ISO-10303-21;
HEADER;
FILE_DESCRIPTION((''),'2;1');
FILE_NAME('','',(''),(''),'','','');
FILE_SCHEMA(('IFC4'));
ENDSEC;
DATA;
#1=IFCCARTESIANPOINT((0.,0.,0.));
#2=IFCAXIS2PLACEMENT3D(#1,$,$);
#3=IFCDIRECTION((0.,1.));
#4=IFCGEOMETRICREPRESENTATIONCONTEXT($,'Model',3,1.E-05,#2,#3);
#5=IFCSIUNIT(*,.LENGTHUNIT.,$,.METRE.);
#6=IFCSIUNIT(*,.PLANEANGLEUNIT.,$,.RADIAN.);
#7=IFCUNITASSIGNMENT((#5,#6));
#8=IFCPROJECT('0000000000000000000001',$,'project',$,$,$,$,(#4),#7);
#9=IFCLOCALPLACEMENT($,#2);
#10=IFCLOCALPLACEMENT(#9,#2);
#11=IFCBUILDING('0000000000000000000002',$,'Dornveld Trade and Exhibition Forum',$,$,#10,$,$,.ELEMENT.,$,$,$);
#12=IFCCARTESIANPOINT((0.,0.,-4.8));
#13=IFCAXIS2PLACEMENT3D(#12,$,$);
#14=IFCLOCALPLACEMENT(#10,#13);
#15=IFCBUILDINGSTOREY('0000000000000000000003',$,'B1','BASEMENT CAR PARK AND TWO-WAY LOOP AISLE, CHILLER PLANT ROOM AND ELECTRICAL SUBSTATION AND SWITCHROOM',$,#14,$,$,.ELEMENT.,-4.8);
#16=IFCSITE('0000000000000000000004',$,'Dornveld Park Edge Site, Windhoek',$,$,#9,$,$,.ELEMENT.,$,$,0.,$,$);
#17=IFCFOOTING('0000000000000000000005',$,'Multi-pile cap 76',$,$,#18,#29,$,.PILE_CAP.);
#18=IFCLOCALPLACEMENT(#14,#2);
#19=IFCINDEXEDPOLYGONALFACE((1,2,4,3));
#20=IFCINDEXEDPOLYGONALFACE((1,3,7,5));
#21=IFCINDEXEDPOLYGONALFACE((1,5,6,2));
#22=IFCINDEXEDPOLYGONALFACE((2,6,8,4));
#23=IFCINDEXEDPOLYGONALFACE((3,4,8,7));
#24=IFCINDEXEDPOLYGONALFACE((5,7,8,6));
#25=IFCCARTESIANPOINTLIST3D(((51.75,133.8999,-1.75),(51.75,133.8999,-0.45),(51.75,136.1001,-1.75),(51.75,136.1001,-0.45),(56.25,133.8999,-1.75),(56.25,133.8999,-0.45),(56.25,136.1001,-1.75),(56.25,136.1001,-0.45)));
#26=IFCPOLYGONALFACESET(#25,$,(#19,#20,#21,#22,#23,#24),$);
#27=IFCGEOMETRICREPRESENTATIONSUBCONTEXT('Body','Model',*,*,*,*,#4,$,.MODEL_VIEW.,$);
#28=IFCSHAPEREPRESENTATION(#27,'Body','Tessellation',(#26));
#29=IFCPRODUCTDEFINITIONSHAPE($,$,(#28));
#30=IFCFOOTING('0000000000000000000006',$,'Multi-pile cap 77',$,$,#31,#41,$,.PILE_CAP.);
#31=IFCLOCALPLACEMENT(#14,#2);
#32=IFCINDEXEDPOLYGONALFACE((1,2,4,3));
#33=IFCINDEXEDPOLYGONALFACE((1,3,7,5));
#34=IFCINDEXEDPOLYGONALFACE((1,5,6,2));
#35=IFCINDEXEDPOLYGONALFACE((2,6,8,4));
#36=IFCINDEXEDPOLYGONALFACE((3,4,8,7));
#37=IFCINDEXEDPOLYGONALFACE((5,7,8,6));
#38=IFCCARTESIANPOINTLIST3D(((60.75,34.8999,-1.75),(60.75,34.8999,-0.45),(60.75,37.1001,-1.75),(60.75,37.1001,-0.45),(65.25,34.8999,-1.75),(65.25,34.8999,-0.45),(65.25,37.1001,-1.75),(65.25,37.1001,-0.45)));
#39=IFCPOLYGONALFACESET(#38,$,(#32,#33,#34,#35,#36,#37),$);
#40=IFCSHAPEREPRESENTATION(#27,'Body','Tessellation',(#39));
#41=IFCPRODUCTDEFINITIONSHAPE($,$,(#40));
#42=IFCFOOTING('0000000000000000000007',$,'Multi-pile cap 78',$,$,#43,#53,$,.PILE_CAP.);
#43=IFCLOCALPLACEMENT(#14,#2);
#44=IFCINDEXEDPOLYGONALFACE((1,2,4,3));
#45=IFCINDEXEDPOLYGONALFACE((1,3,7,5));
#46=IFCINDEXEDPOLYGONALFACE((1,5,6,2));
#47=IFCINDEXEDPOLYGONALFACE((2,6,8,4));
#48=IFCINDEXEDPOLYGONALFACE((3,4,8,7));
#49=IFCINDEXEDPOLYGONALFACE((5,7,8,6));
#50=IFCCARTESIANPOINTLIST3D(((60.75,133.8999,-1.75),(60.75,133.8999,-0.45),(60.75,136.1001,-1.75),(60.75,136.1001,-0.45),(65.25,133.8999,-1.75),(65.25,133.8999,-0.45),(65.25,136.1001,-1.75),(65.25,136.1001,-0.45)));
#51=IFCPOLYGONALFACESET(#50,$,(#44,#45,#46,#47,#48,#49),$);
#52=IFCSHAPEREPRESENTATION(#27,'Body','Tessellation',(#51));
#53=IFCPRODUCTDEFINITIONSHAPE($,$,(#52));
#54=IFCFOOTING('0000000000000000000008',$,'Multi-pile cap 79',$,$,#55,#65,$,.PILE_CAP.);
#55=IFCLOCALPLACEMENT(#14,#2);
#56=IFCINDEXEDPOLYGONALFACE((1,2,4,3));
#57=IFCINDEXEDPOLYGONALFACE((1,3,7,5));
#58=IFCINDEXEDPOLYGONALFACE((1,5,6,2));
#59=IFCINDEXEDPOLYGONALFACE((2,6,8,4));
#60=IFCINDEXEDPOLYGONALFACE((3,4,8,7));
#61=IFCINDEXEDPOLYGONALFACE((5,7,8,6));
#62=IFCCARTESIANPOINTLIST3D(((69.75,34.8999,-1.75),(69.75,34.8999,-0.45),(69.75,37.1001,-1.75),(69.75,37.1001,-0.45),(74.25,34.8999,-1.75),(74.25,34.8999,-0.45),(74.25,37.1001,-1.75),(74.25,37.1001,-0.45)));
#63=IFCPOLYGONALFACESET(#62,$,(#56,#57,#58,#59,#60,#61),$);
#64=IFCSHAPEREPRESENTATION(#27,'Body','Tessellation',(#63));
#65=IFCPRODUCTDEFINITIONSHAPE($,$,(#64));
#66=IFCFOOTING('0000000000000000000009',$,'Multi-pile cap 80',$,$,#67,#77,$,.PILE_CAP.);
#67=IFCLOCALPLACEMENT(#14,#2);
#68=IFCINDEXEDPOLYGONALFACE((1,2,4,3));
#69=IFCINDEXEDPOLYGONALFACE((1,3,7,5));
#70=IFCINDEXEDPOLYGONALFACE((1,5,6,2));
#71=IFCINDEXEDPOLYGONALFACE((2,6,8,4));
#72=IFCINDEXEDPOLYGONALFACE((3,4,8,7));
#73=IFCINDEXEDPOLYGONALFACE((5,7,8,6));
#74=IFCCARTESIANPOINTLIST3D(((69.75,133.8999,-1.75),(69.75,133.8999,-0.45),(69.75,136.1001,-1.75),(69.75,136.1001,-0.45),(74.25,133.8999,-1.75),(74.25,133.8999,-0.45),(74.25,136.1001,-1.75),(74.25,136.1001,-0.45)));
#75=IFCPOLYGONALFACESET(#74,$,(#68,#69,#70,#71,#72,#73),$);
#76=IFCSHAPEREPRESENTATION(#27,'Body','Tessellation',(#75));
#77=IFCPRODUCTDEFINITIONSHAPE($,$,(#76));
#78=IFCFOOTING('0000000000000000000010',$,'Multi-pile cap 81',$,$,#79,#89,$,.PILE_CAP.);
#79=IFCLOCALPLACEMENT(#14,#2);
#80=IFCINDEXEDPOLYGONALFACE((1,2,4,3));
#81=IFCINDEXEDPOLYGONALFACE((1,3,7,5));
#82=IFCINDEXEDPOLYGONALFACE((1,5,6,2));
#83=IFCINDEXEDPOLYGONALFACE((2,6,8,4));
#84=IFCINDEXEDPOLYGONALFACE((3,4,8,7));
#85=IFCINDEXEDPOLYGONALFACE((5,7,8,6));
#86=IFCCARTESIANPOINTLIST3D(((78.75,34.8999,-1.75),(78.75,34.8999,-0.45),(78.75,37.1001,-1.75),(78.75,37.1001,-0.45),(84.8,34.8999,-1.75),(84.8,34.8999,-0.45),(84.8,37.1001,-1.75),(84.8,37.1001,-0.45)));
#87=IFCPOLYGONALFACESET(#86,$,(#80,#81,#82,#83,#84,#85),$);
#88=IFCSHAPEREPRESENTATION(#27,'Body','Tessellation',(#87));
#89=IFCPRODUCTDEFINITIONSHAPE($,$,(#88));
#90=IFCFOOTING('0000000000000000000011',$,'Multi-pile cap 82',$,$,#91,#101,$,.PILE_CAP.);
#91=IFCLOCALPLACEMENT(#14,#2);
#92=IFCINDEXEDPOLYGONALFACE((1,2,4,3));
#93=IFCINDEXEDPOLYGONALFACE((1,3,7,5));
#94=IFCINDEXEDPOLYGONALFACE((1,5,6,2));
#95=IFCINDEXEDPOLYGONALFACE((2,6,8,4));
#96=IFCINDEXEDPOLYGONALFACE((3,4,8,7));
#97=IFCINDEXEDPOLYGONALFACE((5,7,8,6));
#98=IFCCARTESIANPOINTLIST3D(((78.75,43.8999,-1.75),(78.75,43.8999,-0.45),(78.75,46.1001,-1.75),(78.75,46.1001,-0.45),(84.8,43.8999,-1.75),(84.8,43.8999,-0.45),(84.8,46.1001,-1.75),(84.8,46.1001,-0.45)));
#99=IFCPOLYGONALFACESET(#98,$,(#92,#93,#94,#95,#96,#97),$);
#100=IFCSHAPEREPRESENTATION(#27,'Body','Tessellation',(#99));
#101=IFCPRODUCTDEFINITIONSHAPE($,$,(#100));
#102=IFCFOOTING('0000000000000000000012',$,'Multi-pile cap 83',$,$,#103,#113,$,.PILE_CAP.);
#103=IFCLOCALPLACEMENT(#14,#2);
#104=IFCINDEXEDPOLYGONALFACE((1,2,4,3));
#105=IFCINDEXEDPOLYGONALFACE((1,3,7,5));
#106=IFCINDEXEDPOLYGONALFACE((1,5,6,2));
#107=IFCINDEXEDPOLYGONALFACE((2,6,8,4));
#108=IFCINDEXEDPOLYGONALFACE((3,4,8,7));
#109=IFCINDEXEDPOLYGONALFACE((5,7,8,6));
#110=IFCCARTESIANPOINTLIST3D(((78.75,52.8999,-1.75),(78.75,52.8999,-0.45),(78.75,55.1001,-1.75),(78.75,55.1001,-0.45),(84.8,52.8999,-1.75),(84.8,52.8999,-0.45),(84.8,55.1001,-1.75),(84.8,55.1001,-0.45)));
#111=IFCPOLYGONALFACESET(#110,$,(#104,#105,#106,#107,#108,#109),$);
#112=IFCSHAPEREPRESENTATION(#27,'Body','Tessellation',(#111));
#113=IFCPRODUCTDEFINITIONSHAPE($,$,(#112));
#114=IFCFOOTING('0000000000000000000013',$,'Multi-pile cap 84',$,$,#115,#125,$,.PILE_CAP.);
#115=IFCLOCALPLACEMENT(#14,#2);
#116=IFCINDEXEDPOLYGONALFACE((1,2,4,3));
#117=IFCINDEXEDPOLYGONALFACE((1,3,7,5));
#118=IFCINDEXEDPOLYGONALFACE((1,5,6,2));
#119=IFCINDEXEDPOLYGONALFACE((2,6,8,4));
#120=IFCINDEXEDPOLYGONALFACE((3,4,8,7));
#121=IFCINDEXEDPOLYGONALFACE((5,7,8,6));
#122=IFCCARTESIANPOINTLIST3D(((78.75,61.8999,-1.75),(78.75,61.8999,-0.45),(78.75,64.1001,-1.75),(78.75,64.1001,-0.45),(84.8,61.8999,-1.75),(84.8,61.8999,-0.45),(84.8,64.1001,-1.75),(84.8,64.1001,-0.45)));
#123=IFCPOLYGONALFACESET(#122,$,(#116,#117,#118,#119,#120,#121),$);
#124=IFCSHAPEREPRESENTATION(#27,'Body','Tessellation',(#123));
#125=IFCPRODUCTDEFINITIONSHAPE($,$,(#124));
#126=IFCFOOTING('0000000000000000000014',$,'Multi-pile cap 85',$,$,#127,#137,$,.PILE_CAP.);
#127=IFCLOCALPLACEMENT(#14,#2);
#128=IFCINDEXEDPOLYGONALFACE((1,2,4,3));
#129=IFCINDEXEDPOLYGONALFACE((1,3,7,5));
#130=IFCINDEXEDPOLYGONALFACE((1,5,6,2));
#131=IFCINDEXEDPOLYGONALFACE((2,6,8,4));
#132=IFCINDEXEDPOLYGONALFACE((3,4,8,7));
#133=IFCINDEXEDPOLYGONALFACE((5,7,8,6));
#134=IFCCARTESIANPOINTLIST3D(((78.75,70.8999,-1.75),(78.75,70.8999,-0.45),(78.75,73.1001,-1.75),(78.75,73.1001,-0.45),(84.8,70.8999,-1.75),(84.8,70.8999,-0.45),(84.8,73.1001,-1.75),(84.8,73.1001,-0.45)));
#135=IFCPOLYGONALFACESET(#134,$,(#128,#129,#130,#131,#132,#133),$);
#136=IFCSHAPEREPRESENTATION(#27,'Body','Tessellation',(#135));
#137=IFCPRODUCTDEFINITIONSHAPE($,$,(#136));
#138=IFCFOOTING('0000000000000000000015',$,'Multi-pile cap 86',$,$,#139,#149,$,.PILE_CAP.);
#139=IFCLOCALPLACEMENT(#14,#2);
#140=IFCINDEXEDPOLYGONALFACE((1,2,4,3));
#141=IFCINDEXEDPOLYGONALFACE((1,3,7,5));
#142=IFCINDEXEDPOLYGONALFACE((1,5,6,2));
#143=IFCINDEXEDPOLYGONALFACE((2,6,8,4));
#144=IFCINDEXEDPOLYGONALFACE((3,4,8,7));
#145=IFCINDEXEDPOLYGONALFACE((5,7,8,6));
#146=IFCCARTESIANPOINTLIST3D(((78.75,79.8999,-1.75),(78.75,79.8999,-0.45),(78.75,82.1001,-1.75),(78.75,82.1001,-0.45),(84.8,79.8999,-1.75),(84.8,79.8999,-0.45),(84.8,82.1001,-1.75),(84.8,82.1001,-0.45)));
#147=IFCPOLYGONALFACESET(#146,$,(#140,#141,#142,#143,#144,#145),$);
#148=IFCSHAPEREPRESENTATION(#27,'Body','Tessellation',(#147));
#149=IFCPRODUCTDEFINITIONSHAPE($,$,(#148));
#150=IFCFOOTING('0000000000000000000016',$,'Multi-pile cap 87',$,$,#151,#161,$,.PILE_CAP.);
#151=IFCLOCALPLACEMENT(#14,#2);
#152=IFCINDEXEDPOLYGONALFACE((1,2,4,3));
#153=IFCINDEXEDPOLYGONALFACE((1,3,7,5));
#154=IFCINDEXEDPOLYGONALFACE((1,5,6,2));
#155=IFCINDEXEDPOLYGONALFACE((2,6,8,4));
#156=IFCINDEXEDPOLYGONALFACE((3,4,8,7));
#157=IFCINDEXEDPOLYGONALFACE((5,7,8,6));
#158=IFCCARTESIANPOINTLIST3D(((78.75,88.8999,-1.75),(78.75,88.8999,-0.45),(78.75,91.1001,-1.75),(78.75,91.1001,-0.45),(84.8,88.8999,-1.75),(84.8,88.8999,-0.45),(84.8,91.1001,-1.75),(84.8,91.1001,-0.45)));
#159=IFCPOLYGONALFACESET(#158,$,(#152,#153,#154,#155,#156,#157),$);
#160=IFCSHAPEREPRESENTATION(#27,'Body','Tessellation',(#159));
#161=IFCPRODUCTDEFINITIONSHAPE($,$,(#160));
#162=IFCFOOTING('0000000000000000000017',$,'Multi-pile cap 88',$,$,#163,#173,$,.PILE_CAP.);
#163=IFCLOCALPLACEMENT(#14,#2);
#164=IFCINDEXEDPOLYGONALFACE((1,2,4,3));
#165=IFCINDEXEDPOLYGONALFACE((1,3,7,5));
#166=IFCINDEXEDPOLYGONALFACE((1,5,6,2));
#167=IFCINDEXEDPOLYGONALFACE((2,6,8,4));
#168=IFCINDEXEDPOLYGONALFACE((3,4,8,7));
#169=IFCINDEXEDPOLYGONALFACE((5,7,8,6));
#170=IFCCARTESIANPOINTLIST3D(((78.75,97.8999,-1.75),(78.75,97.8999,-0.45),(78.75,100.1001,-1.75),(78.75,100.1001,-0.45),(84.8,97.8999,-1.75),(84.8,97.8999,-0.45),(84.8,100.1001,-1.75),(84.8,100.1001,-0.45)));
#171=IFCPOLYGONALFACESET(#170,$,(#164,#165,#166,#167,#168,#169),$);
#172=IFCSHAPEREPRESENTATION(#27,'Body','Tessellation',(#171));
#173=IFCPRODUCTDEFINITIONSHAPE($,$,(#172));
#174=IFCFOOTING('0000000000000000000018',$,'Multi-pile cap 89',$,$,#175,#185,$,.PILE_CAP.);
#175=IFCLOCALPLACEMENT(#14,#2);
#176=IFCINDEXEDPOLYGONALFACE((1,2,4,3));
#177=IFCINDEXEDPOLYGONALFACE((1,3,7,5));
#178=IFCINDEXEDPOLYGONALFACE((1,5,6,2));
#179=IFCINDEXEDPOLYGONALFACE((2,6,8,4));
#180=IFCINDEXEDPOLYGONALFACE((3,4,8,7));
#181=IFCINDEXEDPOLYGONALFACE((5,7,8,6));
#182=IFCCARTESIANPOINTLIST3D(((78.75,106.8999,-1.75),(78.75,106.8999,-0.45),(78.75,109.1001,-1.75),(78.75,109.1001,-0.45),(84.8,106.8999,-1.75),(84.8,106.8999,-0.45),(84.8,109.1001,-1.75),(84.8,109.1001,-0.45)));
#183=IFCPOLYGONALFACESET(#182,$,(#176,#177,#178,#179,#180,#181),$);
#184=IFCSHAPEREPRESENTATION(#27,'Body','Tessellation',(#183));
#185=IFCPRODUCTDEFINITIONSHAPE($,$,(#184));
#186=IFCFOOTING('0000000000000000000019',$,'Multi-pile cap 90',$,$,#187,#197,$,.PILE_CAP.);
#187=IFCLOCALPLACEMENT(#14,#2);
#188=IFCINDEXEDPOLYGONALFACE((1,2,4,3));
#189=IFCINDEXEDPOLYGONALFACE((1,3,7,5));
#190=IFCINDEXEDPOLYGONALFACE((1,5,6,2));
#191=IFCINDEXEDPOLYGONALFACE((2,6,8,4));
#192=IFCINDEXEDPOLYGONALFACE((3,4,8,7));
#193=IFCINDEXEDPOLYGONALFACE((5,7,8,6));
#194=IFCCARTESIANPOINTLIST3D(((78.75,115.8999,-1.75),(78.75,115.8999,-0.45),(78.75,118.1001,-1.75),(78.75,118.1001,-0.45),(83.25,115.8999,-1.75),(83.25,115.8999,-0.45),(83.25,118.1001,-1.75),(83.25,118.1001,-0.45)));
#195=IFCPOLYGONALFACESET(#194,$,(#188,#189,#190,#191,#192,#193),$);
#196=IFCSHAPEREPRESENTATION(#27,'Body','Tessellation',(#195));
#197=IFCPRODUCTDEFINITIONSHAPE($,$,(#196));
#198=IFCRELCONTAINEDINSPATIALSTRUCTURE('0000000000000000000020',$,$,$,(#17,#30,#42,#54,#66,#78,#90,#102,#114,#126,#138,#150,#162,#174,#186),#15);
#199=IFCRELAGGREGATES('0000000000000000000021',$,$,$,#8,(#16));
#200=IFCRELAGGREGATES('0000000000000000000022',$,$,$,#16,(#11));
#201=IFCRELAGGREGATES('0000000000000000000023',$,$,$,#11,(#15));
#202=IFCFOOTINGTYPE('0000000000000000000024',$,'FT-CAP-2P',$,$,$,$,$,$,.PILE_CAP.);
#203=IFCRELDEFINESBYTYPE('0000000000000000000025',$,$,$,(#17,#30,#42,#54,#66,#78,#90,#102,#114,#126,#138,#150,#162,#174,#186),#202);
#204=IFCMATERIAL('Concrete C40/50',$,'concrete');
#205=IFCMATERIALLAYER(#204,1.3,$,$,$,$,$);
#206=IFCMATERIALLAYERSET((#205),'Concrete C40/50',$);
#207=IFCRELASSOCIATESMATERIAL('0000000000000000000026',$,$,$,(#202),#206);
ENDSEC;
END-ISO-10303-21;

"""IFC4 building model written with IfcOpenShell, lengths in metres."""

from ifc_helpers import new_model, si_unit, direction, frame, origin, place, context, subcontext, project, spatial, polyline, outline, extrude, material, layer, layer_set, type_object, element, save


model = new_model("IFC4")

# Units and contexts
model_context = context("Model", 3, precision=1e-05, world=origin(), true_north=direction((0.0, 1.0)))
body_context = subcontext(model_context, "Body", "Model", "MODEL_VIEW")
ifc_project = project(units=[si_unit("LENGTHUNIT", "METRE"), si_unit("PLANEANGLEUNIT", "RADIAN")], contexts=[model_context])

# Site, building, storey
site_placement = place(None, origin())
site = spatial("IfcSite", under=ifc_project, at=site_placement, Name="Dornveld Park Edge Site, Windhoek", CompositionType="ELEMENT", RefElevation=0.0)
building_placement = place(site_placement, origin())
building = spatial("IfcBuilding", under=site, at=building_placement, Name="Dornveld Trade and Exhibition Forum", CompositionType="ELEMENT")
storey_placement = place(building_placement, frame((0.0, 0.0, -4.8)))
storey = spatial("IfcBuildingStorey", under=building, at=storey_placement, Name="B1", Description="BASEMENT CAR PARK AND TWO-WAY LOOP AISLE, CHILLER PLANT ROOM AND ELECTRICAL SUBSTATION AND SWITCHROOM", CompositionType="ELEMENT", Elevation=-4.8)

# Footings
ifc_material = material(Name="Concrete C40/50", Category="concrete")
ifc_layer = layer(ifc_material, 1.3)
ifc_layer_set = layer_set([ifc_layer], Name="Concrete C40/50")
footing_type = type_object("IfcFootingType", Name="FT-CAP-2P", PredefinedType="PILE_CAP", material=ifc_layer_set)
footing_1_placement = place(storey_placement, frame((0.0, 0.0, -1.75)))
element("IfcFooting", 1, at=footing_1_placement, inside=storey, type_object=footing_type, Name="Multi-pile cap 76", PredefinedType="PILE_CAP", context=body_context, shape_type="SweptSolid", body=[
    extrude(outline(polyline([(51.75, 133.8999), (56.25, 133.8999), (56.25, 136.1001), (51.75, 136.1001), (51.75, 133.8999)])), origin(), (0.0, 0.0, 1.0), 1.3),
])
footing_2_placement = place(storey_placement, frame((0.0, 0.0, -1.75)))
element("IfcFooting", 2, at=footing_2_placement, inside=storey, type_object=footing_type, Name="Multi-pile cap 77", PredefinedType="PILE_CAP", context=body_context, shape_type="SweptSolid", body=[
    extrude(outline(polyline([(60.75, 34.8999), (65.25, 34.8999), (65.25, 37.1001), (60.75, 37.1001), (60.75, 34.8999)])), origin(), (0.0, 0.0, 1.0), 1.3),
])
footing_3_placement = place(storey_placement, frame((0.0, 0.0, -1.75)))
element("IfcFooting", 3, at=footing_3_placement, inside=storey, type_object=footing_type, Name="Multi-pile cap 78", PredefinedType="PILE_CAP", context=body_context, shape_type="SweptSolid", body=[
    extrude(outline(polyline([(60.75, 133.8999), (65.25, 133.8999), (65.25, 136.1001), (60.75, 136.1001), (60.75, 133.8999)])), origin(), (0.0, 0.0, 1.0), 1.3),
])
footing_4_placement = place(storey_placement, frame((0.0, 0.0, -1.75)))
element("IfcFooting", 4, at=footing_4_placement, inside=storey, type_object=footing_type, Name="Multi-pile cap 79", PredefinedType="PILE_CAP", context=body_context, shape_type="SweptSolid", body=[
    extrude(outline(polyline([(69.75, 34.8999), (74.25, 34.8999), (74.25, 37.1001), (69.75, 37.1001), (69.75, 34.8999)])), origin(), (0.0, 0.0, 1.0), 1.3),
])
footing_5_placement = place(storey_placement, frame((0.0, 0.0, -1.75)))
element("IfcFooting", 5, at=footing_5_placement, inside=storey, type_object=footing_type, Name="Multi-pile cap 80", PredefinedType="PILE_CAP", context=body_context, shape_type="SweptSolid", body=[
    extrude(outline(polyline([(69.75, 133.8999), (74.25, 133.8999), (74.25, 136.1001), (69.75, 136.1001), (69.75, 133.8999)])), origin(), (0.0, 0.0, 1.0), 1.3),
])
footing_6_placement = place(storey_placement, frame((0.0, 0.0, -1.75)))
element("IfcFooting", 6, at=footing_6_placement, inside=storey, type_object=footing_type, Name="Multi-pile cap 81", PredefinedType="PILE_CAP", context=body_context, shape_type="SweptSolid", body=[
    extrude(outline(polyline([(78.75, 34.8999), (84.8, 34.8999), (84.8, 37.1001), (78.75, 37.1001), (78.75, 34.8999)])), origin(), (0.0, 0.0, 1.0), 1.3),
])
footing_7_placement = place(storey_placement, frame((0.0, 0.0, -1.75)))
element("IfcFooting", 7, at=footing_7_placement, inside=storey, type_object=footing_type, Name="Multi-pile cap 82", PredefinedType="PILE_CAP", context=body_context, shape_type="SweptSolid", body=[
    extrude(outline(polyline([(78.75, 43.8999), (84.8, 43.8999), (84.8, 46.1001), (78.75, 46.1001), (78.75, 43.8999)])), origin(), (0.0, 0.0, 1.0), 1.3),
])
footing_8_placement = place(storey_placement, frame((0.0, 0.0, -1.75)))
element("IfcFooting", 8, at=footing_8_placement, inside=storey, type_object=footing_type, Name="Multi-pile cap 83", PredefinedType="PILE_CAP", context=body_context, shape_type="SweptSolid", body=[
    extrude(outline(polyline([(78.75, 52.8999), (84.8, 52.8999), (84.8, 55.1001), (78.75, 55.1001), (78.75, 52.8999)])), origin(), (0.0, 0.0, 1.0), 1.3),
])
footing_9_placement = place(storey_placement, frame((0.0, 0.0, -1.75)))
element("IfcFooting", 9, at=footing_9_placement, inside=storey, type_object=footing_type, Name="Multi-pile cap 84", PredefinedType="PILE_CAP", context=body_context, shape_type="SweptSolid", body=[
    extrude(outline(polyline([(78.75, 61.8999), (84.8, 61.8999), (84.8, 64.1001), (78.75, 64.1001), (78.75, 61.8999)])), origin(), (0.0, 0.0, 1.0), 1.3),
])
footing_10_placement = place(storey_placement, frame((0.0, 0.0, -1.75)))
element("IfcFooting", 10, at=footing_10_placement, inside=storey, type_object=footing_type, Name="Multi-pile cap 85", PredefinedType="PILE_CAP", context=body_context, shape_type="SweptSolid", body=[
    extrude(outline(polyline([(78.75, 70.8999), (84.8, 70.8999), (84.8, 73.1001), (78.75, 73.1001), (78.75, 70.8999)])), origin(), (0.0, 0.0, 1.0), 1.3),
])
footing_11_placement = place(storey_placement, frame((0.0, 0.0, -1.75)))
element("IfcFooting", 11, at=footing_11_placement, inside=storey, type_object=footing_type, Name="Multi-pile cap 86", PredefinedType="PILE_CAP", context=body_context, shape_type="SweptSolid", body=[
    extrude(outline(polyline([(78.75, 79.8999), (84.8, 79.8999), (84.8, 82.1001), (78.75, 82.1001), (78.75, 79.8999)])), origin(), (0.0, 0.0, 1.0), 1.3),
])
footing_12_placement = place(storey_placement, frame((0.0, 0.0, -1.75)))
element("IfcFooting", 12, at=footing_12_placement, inside=storey, type_object=footing_type, Name="Multi-pile cap 87", PredefinedType="PILE_CAP", context=body_context, shape_type="SweptSolid", body=[
    extrude(outline(polyline([(78.75, 88.8999), (84.8, 88.8999), (84.8, 91.1001), (78.75, 91.1001), (78.75, 88.8999)])), origin(), (0.0, 0.0, 1.0), 1.3),
])
footing_13_placement = place(storey_placement, frame((0.0, 0.0, -1.75)))
element("IfcFooting", 13, at=footing_13_placement, inside=storey, type_object=footing_type, Name="Multi-pile cap 88", PredefinedType="PILE_CAP", context=body_context, shape_type="SweptSolid", body=[
    extrude(outline(polyline([(78.75, 97.8999), (84.8, 97.8999), (84.8, 100.1001), (78.75, 100.1001), (78.75, 97.8999)])), origin(), (0.0, 0.0, 1.0), 1.3),
])
footing_14_placement = place(storey_placement, frame((0.0, 0.0, -1.75)))
element("IfcFooting", 14, at=footing_14_placement, inside=storey, type_object=footing_type, Name="Multi-pile cap 89", PredefinedType="PILE_CAP", context=body_context, shape_type="SweptSolid", body=[
    extrude(outline(polyline([(78.75, 106.8999), (84.8, 106.8999), (84.8, 109.1001), (78.75, 109.1001), (78.75, 106.8999)])), origin(), (0.0, 0.0, 1.0), 1.3),
])
footing_15_placement = place(storey_placement, frame((0.0, 0.0, -1.75)))
element("IfcFooting", 15, at=footing_15_placement, inside=storey, type_object=footing_type, Name="Multi-pile cap 90", PredefinedType="PILE_CAP", context=body_context, shape_type="SweptSolid", body=[
    extrude(outline(polyline([(78.75, 115.8999), (83.25, 115.8999), (83.25, 118.1001), (78.75, 118.1001), (78.75, 115.8999)])), origin(), (0.0, 0.0, 1.0), 1.3),
])

save(model, "model.ifc")
